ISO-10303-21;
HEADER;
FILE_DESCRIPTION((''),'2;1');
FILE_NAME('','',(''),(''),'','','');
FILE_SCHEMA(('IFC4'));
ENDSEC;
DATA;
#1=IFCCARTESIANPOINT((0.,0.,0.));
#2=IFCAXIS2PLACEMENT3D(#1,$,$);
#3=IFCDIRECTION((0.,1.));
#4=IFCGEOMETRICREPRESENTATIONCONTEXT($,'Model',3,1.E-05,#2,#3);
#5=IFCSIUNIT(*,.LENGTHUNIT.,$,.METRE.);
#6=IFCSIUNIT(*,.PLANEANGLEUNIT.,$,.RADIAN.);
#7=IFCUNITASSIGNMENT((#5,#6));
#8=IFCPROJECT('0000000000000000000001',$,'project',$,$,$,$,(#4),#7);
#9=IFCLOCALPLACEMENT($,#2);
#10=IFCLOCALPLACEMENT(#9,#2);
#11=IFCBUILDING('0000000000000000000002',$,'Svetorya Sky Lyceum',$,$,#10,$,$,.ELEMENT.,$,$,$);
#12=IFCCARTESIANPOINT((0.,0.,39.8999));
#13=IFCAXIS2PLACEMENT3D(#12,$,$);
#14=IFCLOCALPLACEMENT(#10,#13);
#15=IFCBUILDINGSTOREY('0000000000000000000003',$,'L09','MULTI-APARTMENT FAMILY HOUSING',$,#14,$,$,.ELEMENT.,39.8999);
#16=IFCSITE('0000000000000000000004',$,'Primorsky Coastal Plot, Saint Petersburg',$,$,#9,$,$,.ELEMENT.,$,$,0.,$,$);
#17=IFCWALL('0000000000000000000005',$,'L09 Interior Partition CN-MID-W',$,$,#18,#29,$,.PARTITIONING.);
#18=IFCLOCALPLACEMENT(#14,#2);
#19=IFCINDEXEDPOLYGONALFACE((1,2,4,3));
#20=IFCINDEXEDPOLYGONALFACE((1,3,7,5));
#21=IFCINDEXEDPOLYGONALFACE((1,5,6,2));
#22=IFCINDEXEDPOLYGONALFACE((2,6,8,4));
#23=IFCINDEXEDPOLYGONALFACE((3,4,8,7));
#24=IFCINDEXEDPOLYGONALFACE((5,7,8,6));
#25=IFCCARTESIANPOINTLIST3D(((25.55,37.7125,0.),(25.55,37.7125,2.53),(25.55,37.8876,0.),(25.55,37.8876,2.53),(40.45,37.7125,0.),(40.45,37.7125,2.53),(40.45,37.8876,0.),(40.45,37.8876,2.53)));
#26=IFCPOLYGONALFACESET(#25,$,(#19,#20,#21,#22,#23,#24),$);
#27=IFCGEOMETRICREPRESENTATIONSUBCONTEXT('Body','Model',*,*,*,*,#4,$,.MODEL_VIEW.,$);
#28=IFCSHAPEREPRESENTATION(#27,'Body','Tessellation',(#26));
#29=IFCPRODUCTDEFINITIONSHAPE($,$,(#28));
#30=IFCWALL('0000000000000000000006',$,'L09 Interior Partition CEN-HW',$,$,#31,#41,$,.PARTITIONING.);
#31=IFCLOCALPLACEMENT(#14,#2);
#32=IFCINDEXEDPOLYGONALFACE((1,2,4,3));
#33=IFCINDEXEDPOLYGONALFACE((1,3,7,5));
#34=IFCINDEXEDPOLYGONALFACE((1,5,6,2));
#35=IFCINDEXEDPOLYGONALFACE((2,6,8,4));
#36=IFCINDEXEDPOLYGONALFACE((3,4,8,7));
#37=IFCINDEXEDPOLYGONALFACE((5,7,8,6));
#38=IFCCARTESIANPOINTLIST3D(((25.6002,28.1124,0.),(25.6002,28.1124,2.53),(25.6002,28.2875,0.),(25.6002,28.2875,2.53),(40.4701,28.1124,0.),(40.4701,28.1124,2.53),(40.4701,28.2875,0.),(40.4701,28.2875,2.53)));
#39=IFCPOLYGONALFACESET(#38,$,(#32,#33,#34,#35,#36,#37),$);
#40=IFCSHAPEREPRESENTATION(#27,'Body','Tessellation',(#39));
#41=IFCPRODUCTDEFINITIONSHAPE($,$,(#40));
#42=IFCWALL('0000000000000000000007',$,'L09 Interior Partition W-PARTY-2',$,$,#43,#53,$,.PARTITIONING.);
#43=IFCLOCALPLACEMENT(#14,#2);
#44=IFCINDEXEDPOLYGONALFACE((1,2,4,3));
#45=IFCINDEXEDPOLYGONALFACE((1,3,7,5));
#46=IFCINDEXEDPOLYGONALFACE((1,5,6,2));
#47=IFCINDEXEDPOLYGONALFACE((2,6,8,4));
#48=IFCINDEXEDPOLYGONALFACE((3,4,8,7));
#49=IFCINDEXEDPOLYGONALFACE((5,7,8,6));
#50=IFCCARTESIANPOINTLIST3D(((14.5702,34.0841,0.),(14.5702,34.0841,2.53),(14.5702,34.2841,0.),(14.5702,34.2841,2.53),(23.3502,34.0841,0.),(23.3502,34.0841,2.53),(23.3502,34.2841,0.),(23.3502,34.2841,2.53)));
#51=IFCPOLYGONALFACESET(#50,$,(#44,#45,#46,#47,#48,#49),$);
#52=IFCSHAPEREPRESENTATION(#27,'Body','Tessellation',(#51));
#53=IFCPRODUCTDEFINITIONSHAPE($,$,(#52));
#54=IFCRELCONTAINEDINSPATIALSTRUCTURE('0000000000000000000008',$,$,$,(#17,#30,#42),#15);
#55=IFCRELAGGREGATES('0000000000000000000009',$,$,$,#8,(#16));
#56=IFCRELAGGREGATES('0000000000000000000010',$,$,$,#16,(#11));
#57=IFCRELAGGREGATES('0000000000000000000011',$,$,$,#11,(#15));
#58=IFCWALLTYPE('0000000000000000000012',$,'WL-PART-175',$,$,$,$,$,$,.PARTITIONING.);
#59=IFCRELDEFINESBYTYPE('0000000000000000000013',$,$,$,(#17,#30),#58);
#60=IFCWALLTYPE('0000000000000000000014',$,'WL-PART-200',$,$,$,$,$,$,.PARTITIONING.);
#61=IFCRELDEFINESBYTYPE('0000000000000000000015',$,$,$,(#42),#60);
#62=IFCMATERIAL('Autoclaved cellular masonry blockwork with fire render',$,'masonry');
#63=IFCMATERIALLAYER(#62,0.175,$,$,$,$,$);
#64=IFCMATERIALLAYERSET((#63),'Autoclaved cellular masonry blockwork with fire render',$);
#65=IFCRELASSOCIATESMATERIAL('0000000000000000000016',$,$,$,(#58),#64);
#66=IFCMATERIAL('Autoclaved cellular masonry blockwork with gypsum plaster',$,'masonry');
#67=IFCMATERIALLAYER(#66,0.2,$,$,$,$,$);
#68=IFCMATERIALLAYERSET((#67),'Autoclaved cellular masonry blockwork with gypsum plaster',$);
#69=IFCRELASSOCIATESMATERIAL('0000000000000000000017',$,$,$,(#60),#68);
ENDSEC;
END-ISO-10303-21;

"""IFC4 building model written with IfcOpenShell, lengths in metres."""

from ifc_helpers import new_model, si_unit, direction, frame, frame_2d, origin, place, context, subcontext, project, spatial, rectangle, extrude, material, layer, layer_set, type_object, element, save


model = new_model("IFC4")

# Units and contexts
model_context = context("Model", 3, precision=1e-05, world=origin(), true_north=direction((0.0, 1.0)))
body_context = subcontext(model_context, "Body", "Model", "MODEL_VIEW")
ifc_project = project(units=[si_unit("LENGTHUNIT", "METRE"), si_unit("PLANEANGLEUNIT", "RADIAN")], contexts=[model_context])

# Site, building, storey
site_placement = place(None, origin())
site = spatial("IfcSite", under=ifc_project, at=site_placement, Name="Primorsky Coastal Plot, Saint Petersburg", CompositionType="ELEMENT", RefElevation=0.0)
building_placement = place(site_placement, origin())
building = spatial("IfcBuilding", under=site, at=building_placement, Name="Svetorya Sky Lyceum", CompositionType="ELEMENT")
storey_placement = place(building_placement, frame((0.0, 0.0, 39.8999)))
storey = spatial("IfcBuildingStorey", under=building, at=storey_placement, Name="L09", Description="MULTI-APARTMENT FAMILY HOUSING", CompositionType="ELEMENT", Elevation=39.8999)

# Walls
ifc_material_1 = material(Name="Autoclaved cellular masonry blockwork with fire render", Category="masonry")
ifc_layer_1 = layer(ifc_material_1, 0.175)
ifc_layer_set_1 = layer_set([ifc_layer_1], Name="Autoclaved cellular masonry blockwork with fire render")
wall_type_1 = type_object("IfcWallType", Name="WL-PART-175", PredefinedType="PARTITIONING", material=ifc_layer_set_1)
wall_1_placement = place(storey_placement, frame((25.55, 37.8, 0.0), z_axis=(0.0, 0.0, 1.0), x_axis=(1.0, 0.0, 0.0)))
element("IfcWall", 1, at=wall_1_placement, inside=storey, type_object=wall_type_1, Name="L09 Interior Partition CN-MID-W", PredefinedType="PARTITIONING", context=body_context, shape_type="SweptSolid", body=[
    extrude(rectangle(XDim=14.8999, YDim=0.175, at=frame_2d((7.45, 0.0))), origin(), (0.0, 0.0, 1.0), 2.53),
])
wall_2_placement = place(storey_placement, frame((25.6001, 28.2, 0.0), z_axis=(0.0, 0.0, 1.0), x_axis=(1.0, 0.0, 0.0)))
element("IfcWall", 2, at=wall_2_placement, inside=storey, type_object=wall_type_1, Name="L09 Interior Partition CEN-HW", PredefinedType="PARTITIONING", context=body_context, shape_type="SweptSolid", body=[
    extrude(rectangle(XDim=14.8699, YDim=0.175, at=frame_2d((7.4351, 0.0))), origin(), (0.0, 0.0, 1.0), 2.53),
])
ifc_material_2 = material(Name="Autoclaved cellular masonry blockwork with gypsum plaster", Category="masonry")
ifc_layer_2 = layer(ifc_material_2, 0.2)
ifc_layer_set_2 = layer_set([ifc_layer_2], Name="Autoclaved cellular masonry blockwork with gypsum plaster")
wall_type_2 = type_object("IfcWallType", Name="WL-PART-200", PredefinedType="PARTITIONING", material=ifc_layer_set_2)
wall_3_placement = place(storey_placement, frame((14.5701, 34.1841, 0.0), z_axis=(0.0, 0.0, 1.0), x_axis=(1.0, 0.0, 0.0)))
element("IfcWall", 3, at=wall_3_placement, inside=storey, type_object=wall_type_2, Name="L09 Interior Partition W-PARTY-2", PredefinedType="PARTITIONING", context=body_context, shape_type="SweptSolid", body=[
    extrude(rectangle(XDim=8.78, YDim=0.2, at=frame_2d((4.3901, 0.0))), origin(), (0.0, 0.0, 1.0), 2.53),
])

save(model, "model.ifc")
